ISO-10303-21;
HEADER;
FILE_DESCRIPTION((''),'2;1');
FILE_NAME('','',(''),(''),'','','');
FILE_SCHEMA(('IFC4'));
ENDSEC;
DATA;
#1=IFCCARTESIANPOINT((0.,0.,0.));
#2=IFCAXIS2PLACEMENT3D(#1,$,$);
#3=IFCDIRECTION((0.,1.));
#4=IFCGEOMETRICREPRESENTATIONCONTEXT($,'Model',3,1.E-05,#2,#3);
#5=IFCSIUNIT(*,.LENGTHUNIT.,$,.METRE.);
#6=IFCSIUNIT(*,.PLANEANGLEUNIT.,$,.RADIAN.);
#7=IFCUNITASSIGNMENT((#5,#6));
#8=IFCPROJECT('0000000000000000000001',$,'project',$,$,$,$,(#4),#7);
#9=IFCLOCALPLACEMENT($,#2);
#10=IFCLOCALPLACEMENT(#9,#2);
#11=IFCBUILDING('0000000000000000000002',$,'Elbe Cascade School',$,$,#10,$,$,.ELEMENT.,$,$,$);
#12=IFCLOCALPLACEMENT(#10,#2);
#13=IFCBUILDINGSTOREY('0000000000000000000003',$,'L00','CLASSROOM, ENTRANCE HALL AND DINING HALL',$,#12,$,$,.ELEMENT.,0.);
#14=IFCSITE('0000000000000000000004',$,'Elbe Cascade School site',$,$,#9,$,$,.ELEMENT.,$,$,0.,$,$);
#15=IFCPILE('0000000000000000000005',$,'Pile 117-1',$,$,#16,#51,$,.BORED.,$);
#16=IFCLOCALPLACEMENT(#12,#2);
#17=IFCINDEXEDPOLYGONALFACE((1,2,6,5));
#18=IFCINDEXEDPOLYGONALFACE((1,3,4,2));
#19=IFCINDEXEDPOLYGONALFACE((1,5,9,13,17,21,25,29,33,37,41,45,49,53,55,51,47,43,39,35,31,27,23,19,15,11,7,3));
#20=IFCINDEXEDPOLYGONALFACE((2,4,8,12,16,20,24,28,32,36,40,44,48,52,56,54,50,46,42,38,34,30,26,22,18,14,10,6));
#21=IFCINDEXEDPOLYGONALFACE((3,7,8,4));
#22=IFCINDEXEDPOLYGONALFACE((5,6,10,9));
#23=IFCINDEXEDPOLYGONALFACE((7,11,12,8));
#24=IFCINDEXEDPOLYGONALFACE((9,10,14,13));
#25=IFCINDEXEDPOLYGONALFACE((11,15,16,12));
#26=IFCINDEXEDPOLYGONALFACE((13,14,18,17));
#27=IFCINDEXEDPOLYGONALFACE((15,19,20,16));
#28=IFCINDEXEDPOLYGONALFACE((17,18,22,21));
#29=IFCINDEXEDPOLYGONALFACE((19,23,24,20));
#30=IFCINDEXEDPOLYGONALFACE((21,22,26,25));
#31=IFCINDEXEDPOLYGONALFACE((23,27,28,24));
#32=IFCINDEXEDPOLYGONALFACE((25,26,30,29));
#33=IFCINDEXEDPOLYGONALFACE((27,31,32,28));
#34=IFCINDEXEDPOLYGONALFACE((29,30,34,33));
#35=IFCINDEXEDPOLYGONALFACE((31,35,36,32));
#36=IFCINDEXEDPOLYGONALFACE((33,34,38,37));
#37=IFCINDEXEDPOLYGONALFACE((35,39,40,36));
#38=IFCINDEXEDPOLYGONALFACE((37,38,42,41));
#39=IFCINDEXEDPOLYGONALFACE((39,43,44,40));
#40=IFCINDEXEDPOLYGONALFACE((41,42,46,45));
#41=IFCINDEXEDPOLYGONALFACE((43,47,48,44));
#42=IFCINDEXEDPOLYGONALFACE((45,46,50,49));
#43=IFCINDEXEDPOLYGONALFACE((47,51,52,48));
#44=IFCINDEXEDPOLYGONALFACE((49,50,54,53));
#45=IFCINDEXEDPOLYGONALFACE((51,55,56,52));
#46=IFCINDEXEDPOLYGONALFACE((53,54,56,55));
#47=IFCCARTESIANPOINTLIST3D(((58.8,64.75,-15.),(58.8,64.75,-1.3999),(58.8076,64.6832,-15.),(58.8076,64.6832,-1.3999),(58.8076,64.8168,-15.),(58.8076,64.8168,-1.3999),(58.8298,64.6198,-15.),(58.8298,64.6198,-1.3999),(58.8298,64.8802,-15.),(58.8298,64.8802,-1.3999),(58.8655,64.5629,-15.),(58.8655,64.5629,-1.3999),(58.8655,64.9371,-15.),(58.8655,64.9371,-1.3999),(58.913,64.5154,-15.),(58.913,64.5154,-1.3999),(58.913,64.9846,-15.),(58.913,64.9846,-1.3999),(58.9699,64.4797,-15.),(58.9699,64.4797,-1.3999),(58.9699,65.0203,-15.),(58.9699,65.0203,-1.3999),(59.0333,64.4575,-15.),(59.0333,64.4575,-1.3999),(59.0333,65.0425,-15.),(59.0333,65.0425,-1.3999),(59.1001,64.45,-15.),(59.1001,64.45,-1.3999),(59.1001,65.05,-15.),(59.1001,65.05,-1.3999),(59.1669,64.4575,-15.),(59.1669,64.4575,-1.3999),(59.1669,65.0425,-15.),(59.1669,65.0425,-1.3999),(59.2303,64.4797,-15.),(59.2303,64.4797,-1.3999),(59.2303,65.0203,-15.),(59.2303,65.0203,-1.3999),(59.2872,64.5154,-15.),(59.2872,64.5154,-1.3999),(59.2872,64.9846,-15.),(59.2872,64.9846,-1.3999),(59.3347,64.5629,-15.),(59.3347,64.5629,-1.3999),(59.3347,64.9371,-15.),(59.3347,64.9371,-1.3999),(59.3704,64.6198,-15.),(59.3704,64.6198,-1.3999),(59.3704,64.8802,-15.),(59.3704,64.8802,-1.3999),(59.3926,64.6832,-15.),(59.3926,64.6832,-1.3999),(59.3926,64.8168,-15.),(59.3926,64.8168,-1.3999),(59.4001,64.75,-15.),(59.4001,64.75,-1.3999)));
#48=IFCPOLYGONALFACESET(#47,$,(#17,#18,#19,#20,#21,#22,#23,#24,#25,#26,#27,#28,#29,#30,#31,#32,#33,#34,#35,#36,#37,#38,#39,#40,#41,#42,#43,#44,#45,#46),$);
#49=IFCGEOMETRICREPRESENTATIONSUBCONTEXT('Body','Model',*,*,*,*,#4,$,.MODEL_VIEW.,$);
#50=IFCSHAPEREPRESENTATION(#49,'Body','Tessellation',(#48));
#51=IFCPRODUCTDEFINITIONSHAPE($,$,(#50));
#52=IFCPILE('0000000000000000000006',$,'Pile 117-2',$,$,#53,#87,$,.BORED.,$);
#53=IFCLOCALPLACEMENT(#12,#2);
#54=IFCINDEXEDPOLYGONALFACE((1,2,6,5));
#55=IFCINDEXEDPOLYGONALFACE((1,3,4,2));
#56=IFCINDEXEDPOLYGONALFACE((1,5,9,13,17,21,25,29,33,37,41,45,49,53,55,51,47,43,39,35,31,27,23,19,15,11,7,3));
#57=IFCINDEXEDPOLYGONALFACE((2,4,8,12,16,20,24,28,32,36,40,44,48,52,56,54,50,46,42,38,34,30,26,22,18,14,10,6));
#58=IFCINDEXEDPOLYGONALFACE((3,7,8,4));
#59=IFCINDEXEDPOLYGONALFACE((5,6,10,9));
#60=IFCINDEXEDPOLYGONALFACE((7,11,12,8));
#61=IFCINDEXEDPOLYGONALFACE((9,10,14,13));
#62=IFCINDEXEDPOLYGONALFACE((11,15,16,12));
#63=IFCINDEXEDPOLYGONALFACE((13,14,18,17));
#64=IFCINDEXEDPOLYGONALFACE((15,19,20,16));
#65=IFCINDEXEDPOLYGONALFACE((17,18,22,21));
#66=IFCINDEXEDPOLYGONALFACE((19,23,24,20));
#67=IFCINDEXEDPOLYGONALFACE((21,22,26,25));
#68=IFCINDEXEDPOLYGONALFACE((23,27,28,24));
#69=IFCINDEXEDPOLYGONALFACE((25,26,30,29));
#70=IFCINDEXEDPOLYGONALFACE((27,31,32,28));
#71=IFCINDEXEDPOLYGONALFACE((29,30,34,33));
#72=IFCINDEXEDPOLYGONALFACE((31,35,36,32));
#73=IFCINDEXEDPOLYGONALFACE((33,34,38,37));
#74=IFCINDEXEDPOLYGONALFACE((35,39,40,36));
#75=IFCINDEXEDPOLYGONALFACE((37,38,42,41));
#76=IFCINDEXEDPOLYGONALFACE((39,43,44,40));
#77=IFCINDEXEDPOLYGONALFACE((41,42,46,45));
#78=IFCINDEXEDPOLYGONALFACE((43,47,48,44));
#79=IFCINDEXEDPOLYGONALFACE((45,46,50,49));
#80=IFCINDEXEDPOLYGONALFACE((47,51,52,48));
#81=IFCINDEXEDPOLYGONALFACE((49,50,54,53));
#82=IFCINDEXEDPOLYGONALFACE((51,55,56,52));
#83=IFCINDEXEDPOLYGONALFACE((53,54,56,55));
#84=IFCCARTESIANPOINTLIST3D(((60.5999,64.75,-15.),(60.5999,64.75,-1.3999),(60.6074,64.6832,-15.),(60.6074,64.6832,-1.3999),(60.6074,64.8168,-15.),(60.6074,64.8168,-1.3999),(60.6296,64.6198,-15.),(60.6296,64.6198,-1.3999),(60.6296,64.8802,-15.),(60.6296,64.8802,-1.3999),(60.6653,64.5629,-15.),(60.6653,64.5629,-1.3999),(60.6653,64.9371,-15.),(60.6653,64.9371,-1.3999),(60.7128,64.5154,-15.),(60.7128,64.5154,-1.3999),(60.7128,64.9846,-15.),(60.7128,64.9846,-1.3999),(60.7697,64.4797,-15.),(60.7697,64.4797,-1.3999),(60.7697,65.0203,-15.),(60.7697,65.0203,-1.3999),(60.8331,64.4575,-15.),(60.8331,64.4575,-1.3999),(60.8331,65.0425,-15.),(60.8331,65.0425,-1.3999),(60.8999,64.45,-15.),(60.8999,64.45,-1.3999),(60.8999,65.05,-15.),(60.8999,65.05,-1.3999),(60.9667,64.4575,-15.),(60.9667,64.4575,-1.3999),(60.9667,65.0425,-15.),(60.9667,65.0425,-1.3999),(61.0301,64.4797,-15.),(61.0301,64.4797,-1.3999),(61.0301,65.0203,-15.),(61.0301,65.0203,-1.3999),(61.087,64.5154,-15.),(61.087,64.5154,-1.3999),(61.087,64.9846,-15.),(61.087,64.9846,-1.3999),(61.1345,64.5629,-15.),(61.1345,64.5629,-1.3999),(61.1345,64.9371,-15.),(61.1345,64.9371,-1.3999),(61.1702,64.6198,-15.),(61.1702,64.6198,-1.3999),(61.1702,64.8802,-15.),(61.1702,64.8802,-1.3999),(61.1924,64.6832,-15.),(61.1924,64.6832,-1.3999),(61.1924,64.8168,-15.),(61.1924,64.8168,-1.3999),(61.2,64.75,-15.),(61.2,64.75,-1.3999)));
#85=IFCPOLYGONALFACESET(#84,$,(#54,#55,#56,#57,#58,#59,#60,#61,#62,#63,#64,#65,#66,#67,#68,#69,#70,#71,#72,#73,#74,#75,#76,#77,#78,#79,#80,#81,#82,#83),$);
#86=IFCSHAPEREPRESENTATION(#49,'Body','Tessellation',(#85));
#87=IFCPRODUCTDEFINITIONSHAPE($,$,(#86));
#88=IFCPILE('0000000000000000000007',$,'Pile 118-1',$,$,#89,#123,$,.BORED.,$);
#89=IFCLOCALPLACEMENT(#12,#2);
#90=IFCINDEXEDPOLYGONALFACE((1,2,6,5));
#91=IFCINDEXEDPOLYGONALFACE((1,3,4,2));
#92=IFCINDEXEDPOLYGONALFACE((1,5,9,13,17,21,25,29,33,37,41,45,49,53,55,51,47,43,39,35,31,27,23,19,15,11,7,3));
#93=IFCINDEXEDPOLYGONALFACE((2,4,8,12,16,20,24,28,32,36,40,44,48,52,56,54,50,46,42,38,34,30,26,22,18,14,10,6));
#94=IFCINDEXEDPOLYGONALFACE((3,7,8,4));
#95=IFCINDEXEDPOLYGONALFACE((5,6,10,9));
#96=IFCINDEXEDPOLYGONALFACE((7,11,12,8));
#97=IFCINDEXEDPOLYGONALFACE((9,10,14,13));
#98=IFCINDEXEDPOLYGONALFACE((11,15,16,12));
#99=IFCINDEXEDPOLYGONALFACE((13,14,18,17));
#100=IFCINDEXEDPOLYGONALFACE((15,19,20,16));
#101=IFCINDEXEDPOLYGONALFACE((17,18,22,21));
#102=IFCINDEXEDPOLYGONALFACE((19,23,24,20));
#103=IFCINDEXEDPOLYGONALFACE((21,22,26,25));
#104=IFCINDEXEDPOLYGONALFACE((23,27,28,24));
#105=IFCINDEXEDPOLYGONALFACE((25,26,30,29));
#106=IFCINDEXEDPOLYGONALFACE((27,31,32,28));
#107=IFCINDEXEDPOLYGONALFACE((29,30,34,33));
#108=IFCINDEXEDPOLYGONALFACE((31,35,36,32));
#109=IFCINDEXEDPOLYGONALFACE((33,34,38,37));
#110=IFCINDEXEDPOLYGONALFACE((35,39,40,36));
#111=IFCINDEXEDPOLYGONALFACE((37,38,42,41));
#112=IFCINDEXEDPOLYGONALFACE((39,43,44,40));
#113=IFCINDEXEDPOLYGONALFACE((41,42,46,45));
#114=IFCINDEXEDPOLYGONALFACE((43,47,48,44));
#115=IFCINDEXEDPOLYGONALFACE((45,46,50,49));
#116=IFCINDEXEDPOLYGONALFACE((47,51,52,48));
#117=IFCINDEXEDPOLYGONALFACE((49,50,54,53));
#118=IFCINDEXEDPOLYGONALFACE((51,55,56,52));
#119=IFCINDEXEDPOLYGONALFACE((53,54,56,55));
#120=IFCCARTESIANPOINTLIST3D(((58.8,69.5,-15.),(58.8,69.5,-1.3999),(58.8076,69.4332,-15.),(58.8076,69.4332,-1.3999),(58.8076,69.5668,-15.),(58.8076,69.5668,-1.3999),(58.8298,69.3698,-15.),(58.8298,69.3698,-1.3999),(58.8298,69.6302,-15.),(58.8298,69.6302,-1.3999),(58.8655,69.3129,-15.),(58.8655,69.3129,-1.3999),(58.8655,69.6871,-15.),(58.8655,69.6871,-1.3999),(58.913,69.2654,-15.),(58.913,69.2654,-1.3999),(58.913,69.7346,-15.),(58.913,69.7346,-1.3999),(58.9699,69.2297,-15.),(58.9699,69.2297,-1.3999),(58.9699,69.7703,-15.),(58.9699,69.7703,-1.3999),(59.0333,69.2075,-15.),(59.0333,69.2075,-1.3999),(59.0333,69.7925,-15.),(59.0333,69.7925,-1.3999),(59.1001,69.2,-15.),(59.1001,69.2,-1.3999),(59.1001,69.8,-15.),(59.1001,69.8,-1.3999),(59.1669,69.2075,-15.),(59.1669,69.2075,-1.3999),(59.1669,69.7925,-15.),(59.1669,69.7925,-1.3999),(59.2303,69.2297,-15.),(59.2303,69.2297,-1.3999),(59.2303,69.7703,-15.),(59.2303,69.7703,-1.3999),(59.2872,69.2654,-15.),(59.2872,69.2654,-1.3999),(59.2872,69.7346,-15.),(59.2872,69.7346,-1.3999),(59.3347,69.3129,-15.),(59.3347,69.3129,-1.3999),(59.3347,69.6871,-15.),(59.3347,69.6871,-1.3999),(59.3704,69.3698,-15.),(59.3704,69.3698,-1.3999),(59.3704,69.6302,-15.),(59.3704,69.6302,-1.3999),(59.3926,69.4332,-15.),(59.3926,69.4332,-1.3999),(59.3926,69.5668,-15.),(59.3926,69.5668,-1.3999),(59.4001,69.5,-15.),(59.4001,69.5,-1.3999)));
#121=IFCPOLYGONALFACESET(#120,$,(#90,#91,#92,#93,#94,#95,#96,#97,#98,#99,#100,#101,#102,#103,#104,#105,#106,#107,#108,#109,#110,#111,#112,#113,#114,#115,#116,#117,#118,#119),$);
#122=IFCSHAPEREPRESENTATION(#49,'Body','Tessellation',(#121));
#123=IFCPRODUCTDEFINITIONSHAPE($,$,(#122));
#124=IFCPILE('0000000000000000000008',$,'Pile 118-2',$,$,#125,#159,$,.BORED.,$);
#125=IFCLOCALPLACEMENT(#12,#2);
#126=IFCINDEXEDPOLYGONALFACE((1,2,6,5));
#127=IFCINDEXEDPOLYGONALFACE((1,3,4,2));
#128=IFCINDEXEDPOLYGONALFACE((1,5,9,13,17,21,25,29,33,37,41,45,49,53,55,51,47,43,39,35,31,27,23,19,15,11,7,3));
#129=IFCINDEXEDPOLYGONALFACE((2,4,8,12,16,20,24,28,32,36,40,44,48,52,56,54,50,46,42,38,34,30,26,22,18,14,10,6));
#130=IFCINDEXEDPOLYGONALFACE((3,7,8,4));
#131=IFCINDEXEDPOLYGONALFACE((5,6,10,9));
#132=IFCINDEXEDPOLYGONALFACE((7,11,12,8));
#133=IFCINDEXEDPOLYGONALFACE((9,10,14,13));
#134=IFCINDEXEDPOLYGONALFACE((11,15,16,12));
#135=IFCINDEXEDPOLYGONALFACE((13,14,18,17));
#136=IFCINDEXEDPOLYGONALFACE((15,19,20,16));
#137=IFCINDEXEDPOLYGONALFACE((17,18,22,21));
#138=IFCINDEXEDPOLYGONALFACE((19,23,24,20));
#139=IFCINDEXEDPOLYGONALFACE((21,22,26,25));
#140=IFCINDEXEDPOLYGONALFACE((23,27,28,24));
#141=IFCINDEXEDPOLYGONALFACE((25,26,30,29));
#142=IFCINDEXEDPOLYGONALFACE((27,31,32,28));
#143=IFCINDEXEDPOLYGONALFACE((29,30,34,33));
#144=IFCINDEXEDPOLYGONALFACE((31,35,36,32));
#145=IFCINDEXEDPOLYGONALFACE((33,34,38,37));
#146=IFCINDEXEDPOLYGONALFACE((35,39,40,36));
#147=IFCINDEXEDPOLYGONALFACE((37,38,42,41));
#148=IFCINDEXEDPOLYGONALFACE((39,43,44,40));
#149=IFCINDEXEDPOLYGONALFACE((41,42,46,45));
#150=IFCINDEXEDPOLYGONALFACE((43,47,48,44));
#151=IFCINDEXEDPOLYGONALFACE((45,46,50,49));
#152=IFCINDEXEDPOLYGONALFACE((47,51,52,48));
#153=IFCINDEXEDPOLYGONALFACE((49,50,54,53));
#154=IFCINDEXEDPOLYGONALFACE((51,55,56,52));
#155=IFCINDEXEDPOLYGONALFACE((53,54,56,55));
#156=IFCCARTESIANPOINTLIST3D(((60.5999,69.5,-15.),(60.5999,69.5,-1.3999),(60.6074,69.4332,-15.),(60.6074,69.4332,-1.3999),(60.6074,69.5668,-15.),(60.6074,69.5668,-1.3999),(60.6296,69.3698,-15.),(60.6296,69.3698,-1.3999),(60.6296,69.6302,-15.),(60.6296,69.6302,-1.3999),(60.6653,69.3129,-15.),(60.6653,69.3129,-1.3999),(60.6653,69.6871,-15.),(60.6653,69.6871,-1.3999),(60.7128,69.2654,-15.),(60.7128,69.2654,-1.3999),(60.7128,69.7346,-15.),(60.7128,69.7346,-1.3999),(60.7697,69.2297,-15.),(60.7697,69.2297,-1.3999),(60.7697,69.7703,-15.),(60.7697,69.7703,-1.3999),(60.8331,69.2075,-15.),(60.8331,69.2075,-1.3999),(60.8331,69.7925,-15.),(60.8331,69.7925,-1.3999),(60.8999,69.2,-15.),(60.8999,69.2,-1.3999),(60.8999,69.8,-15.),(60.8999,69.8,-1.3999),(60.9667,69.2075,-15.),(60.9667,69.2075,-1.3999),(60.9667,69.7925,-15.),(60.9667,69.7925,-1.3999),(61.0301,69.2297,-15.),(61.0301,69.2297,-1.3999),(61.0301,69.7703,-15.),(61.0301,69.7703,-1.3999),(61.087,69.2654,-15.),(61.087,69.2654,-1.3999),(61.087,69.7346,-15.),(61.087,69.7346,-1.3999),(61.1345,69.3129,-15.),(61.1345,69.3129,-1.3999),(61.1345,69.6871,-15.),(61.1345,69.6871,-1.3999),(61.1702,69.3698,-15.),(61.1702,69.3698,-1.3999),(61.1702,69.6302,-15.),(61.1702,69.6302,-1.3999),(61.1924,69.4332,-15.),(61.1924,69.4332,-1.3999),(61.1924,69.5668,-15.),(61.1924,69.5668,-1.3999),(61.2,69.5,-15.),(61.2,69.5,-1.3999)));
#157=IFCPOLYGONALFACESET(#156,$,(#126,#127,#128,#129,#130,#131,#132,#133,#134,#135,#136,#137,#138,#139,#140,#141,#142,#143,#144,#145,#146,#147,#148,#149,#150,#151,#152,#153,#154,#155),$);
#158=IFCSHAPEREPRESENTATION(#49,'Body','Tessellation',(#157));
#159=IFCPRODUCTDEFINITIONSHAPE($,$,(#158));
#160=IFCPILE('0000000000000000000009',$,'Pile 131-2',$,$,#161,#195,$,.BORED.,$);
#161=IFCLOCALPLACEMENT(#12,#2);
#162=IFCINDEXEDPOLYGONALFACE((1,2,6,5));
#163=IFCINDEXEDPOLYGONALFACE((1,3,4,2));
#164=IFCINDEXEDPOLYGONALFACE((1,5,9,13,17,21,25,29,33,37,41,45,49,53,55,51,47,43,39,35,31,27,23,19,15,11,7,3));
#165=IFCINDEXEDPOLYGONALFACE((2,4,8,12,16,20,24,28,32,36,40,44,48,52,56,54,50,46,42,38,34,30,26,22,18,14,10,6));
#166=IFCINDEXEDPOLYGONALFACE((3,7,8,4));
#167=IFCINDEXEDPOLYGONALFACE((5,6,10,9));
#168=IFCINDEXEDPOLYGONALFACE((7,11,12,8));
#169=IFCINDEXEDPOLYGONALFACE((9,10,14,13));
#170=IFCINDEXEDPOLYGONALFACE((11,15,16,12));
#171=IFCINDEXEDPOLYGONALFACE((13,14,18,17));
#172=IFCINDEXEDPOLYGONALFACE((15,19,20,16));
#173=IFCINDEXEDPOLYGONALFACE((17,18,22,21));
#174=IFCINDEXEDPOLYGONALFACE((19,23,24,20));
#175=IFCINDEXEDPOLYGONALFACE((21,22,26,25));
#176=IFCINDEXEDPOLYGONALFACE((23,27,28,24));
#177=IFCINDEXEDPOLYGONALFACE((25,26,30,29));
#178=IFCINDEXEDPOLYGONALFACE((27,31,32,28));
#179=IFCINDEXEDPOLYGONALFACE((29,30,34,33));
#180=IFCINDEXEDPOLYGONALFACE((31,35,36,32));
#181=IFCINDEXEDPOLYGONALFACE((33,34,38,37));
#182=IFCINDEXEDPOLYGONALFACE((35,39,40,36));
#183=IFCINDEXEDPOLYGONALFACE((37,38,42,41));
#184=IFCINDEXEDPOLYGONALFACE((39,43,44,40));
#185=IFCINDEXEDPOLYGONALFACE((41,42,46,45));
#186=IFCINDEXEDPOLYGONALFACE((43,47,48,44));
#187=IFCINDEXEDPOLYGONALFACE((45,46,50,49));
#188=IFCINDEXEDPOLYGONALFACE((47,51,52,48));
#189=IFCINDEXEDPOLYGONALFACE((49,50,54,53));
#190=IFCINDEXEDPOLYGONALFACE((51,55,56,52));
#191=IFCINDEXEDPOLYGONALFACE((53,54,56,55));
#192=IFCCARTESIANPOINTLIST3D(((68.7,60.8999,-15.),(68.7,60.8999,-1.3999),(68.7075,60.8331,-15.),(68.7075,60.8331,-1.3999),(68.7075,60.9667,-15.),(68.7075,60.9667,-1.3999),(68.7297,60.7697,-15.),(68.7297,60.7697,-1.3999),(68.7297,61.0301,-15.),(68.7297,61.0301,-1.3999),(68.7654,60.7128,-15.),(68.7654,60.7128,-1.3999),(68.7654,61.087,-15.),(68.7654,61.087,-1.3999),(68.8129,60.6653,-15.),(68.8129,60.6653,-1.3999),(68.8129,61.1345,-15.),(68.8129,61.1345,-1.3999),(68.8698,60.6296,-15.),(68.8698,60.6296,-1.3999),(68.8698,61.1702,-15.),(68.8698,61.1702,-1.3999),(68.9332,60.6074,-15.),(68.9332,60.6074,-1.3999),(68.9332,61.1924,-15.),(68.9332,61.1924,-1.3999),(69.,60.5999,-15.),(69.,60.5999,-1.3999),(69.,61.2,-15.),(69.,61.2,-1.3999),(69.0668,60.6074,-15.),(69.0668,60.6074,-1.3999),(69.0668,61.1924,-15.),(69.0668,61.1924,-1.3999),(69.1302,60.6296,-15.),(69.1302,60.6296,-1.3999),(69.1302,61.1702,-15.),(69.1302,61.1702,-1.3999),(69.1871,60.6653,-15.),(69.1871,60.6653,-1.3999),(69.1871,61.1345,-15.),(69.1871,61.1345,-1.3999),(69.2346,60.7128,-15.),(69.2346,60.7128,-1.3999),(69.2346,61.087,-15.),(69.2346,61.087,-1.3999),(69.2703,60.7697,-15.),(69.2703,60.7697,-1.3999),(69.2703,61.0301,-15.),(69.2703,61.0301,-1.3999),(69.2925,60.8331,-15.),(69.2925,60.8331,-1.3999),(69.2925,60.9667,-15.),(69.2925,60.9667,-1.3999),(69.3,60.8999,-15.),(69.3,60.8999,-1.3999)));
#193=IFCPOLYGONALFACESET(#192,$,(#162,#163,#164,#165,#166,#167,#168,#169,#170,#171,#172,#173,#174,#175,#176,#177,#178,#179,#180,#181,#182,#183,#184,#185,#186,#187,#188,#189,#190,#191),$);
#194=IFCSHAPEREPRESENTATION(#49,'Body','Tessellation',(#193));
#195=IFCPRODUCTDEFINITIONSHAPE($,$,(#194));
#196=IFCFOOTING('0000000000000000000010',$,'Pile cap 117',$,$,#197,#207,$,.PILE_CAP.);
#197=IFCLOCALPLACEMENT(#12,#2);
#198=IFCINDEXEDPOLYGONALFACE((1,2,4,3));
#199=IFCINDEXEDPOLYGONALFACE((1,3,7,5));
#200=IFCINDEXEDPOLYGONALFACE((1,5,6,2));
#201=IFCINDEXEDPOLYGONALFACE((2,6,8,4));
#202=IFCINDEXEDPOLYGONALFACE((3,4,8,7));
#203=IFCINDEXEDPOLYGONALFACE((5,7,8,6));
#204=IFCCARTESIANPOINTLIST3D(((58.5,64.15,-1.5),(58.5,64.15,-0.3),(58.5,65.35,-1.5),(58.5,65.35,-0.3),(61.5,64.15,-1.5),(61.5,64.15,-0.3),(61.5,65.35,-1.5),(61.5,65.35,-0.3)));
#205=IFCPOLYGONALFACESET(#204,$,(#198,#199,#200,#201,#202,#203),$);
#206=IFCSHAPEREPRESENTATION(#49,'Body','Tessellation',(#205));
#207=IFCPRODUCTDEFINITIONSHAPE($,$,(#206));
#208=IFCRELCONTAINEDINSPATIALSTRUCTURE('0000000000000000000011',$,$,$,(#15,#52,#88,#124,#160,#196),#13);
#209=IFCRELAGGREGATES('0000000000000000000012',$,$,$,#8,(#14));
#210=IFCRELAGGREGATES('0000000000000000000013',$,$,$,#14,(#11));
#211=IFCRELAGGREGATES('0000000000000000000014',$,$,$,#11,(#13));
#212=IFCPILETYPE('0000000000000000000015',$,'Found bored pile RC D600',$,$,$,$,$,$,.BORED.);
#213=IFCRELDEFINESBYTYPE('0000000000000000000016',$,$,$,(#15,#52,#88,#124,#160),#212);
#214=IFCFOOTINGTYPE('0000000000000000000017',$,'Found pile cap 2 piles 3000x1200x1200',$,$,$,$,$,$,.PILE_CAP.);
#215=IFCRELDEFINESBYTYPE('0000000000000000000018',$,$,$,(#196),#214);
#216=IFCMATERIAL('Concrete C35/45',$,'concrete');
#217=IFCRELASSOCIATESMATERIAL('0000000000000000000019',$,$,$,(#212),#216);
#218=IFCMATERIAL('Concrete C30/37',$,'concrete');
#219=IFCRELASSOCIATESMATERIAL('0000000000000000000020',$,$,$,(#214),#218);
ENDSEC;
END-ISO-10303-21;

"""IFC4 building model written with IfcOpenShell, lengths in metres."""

from ifc_helpers import new_model, si_unit, direction, frame, origin, origin_2d, place, context, subcontext, project, spatial, rectangle, circle, extrude, material, material_profile, profile_set, type_object, element, save


model = new_model("IFC4")

# Units and contexts
model_context = context("Model", 3, precision=1e-05, world=origin(), true_north=direction((0.0, 1.0)))
body_context = subcontext(model_context, "Body", "Model", "MODEL_VIEW")
ifc_project = project(units=[si_unit("LENGTHUNIT", "METRE"), si_unit("PLANEANGLEUNIT", "RADIAN")], contexts=[model_context])

# Site, building, storey
site_placement = place(None, origin())
site = spatial("IfcSite", under=ifc_project, at=site_placement, Name="Elbe Cascade School site", CompositionType="ELEMENT", RefElevation=0.0)
building_placement = place(site_placement, origin())
building = spatial("IfcBuilding", under=site, at=building_placement, Name="Elbe Cascade School", CompositionType="ELEMENT")
storey_placement = place(building_placement, origin())
storey = spatial("IfcBuildingStorey", under=building, at=storey_placement, Name="L00", Description="CLASSROOM, ENTRANCE HALL AND DINING HALL", CompositionType="ELEMENT", Elevation=0.0)

# Piles
ifc_material_1 = material(Name="Concrete C35/45", Category="concrete")
ifc_material_profile_1 = material_profile(ifc_material_1, circle(Radius=0.3, at=origin_2d()), Name="RC D600")
ifc_profile_set_1 = profile_set([ifc_material_profile_1], Name="Concrete C35/45")
pile_type = type_object("IfcPileType", Name="Found bored pile RC D600", PredefinedType="BORED", material=ifc_profile_set_1)
for number, where, z_axis, x_axis, name in (
    (1, (59.1001, 64.75, -1.3999), (0.0, 0.0, -1.0), (1.0, 0.0, 0.0), "Pile 117-1"),
    (2, (60.8999, 64.75, -1.3999), (0.0, 0.0, -1.0), (1.0, 0.0, 0.0), "Pile 117-2"),
    (3, (59.1001, 69.5, -1.3999), (0.0, 0.0, -1.0), (1.0, 0.0, 0.0), "Pile 118-1"),
    (4, (60.8999, 69.5, -1.3999), (0.0, 0.0, -1.0), (1.0, 0.0, 0.0), "Pile 118-2"),
    (5, (69.0, 60.8999, -1.3999), (0.0, 0.0, -1.0), (1.0, 0.0, 0.0), "Pile 131-2"),
):
    element("IfcPile", number, at=place(storey_placement, frame(where, z_axis=z_axis, x_axis=x_axis)), inside=storey, type_object=pile_type, Name=name, PredefinedType="BORED", context=body_context, shape_type="SweptSolid", body=[
        extrude(circle(Radius=0.3, at=origin_2d()), origin(), (0.0, 0.0, 1.0), 13.6001),
    ])

# Footing
ifc_material_2 = material(Name="Concrete C30/37", Category="concrete")
footing_type = type_object("IfcFootingType", Name="Found pile cap 2 piles 3000x1200x1200", PredefinedType="PILE_CAP", material=ifc_material_2)
for number, where, z_axis, x_axis, name in (
    (6, (60.0, 64.75, -1.5), (0.0, 0.0, 1.0), (1.0, 0.0, 0.0), "Pile cap 117"),
):
    element("IfcFooting", number, at=place(storey_placement, frame(where, z_axis=z_axis, x_axis=x_axis)), inside=storey, type_object=footing_type, Name=name, PredefinedType="PILE_CAP", context=body_context, shape_type="SweptSolid", body=[
        extrude(rectangle(XDim=3.0, YDim=1.2, at=origin_2d()), origin(), (0.0, 0.0, 1.0), 1.2),
    ])

save(model, "model.ifc")
